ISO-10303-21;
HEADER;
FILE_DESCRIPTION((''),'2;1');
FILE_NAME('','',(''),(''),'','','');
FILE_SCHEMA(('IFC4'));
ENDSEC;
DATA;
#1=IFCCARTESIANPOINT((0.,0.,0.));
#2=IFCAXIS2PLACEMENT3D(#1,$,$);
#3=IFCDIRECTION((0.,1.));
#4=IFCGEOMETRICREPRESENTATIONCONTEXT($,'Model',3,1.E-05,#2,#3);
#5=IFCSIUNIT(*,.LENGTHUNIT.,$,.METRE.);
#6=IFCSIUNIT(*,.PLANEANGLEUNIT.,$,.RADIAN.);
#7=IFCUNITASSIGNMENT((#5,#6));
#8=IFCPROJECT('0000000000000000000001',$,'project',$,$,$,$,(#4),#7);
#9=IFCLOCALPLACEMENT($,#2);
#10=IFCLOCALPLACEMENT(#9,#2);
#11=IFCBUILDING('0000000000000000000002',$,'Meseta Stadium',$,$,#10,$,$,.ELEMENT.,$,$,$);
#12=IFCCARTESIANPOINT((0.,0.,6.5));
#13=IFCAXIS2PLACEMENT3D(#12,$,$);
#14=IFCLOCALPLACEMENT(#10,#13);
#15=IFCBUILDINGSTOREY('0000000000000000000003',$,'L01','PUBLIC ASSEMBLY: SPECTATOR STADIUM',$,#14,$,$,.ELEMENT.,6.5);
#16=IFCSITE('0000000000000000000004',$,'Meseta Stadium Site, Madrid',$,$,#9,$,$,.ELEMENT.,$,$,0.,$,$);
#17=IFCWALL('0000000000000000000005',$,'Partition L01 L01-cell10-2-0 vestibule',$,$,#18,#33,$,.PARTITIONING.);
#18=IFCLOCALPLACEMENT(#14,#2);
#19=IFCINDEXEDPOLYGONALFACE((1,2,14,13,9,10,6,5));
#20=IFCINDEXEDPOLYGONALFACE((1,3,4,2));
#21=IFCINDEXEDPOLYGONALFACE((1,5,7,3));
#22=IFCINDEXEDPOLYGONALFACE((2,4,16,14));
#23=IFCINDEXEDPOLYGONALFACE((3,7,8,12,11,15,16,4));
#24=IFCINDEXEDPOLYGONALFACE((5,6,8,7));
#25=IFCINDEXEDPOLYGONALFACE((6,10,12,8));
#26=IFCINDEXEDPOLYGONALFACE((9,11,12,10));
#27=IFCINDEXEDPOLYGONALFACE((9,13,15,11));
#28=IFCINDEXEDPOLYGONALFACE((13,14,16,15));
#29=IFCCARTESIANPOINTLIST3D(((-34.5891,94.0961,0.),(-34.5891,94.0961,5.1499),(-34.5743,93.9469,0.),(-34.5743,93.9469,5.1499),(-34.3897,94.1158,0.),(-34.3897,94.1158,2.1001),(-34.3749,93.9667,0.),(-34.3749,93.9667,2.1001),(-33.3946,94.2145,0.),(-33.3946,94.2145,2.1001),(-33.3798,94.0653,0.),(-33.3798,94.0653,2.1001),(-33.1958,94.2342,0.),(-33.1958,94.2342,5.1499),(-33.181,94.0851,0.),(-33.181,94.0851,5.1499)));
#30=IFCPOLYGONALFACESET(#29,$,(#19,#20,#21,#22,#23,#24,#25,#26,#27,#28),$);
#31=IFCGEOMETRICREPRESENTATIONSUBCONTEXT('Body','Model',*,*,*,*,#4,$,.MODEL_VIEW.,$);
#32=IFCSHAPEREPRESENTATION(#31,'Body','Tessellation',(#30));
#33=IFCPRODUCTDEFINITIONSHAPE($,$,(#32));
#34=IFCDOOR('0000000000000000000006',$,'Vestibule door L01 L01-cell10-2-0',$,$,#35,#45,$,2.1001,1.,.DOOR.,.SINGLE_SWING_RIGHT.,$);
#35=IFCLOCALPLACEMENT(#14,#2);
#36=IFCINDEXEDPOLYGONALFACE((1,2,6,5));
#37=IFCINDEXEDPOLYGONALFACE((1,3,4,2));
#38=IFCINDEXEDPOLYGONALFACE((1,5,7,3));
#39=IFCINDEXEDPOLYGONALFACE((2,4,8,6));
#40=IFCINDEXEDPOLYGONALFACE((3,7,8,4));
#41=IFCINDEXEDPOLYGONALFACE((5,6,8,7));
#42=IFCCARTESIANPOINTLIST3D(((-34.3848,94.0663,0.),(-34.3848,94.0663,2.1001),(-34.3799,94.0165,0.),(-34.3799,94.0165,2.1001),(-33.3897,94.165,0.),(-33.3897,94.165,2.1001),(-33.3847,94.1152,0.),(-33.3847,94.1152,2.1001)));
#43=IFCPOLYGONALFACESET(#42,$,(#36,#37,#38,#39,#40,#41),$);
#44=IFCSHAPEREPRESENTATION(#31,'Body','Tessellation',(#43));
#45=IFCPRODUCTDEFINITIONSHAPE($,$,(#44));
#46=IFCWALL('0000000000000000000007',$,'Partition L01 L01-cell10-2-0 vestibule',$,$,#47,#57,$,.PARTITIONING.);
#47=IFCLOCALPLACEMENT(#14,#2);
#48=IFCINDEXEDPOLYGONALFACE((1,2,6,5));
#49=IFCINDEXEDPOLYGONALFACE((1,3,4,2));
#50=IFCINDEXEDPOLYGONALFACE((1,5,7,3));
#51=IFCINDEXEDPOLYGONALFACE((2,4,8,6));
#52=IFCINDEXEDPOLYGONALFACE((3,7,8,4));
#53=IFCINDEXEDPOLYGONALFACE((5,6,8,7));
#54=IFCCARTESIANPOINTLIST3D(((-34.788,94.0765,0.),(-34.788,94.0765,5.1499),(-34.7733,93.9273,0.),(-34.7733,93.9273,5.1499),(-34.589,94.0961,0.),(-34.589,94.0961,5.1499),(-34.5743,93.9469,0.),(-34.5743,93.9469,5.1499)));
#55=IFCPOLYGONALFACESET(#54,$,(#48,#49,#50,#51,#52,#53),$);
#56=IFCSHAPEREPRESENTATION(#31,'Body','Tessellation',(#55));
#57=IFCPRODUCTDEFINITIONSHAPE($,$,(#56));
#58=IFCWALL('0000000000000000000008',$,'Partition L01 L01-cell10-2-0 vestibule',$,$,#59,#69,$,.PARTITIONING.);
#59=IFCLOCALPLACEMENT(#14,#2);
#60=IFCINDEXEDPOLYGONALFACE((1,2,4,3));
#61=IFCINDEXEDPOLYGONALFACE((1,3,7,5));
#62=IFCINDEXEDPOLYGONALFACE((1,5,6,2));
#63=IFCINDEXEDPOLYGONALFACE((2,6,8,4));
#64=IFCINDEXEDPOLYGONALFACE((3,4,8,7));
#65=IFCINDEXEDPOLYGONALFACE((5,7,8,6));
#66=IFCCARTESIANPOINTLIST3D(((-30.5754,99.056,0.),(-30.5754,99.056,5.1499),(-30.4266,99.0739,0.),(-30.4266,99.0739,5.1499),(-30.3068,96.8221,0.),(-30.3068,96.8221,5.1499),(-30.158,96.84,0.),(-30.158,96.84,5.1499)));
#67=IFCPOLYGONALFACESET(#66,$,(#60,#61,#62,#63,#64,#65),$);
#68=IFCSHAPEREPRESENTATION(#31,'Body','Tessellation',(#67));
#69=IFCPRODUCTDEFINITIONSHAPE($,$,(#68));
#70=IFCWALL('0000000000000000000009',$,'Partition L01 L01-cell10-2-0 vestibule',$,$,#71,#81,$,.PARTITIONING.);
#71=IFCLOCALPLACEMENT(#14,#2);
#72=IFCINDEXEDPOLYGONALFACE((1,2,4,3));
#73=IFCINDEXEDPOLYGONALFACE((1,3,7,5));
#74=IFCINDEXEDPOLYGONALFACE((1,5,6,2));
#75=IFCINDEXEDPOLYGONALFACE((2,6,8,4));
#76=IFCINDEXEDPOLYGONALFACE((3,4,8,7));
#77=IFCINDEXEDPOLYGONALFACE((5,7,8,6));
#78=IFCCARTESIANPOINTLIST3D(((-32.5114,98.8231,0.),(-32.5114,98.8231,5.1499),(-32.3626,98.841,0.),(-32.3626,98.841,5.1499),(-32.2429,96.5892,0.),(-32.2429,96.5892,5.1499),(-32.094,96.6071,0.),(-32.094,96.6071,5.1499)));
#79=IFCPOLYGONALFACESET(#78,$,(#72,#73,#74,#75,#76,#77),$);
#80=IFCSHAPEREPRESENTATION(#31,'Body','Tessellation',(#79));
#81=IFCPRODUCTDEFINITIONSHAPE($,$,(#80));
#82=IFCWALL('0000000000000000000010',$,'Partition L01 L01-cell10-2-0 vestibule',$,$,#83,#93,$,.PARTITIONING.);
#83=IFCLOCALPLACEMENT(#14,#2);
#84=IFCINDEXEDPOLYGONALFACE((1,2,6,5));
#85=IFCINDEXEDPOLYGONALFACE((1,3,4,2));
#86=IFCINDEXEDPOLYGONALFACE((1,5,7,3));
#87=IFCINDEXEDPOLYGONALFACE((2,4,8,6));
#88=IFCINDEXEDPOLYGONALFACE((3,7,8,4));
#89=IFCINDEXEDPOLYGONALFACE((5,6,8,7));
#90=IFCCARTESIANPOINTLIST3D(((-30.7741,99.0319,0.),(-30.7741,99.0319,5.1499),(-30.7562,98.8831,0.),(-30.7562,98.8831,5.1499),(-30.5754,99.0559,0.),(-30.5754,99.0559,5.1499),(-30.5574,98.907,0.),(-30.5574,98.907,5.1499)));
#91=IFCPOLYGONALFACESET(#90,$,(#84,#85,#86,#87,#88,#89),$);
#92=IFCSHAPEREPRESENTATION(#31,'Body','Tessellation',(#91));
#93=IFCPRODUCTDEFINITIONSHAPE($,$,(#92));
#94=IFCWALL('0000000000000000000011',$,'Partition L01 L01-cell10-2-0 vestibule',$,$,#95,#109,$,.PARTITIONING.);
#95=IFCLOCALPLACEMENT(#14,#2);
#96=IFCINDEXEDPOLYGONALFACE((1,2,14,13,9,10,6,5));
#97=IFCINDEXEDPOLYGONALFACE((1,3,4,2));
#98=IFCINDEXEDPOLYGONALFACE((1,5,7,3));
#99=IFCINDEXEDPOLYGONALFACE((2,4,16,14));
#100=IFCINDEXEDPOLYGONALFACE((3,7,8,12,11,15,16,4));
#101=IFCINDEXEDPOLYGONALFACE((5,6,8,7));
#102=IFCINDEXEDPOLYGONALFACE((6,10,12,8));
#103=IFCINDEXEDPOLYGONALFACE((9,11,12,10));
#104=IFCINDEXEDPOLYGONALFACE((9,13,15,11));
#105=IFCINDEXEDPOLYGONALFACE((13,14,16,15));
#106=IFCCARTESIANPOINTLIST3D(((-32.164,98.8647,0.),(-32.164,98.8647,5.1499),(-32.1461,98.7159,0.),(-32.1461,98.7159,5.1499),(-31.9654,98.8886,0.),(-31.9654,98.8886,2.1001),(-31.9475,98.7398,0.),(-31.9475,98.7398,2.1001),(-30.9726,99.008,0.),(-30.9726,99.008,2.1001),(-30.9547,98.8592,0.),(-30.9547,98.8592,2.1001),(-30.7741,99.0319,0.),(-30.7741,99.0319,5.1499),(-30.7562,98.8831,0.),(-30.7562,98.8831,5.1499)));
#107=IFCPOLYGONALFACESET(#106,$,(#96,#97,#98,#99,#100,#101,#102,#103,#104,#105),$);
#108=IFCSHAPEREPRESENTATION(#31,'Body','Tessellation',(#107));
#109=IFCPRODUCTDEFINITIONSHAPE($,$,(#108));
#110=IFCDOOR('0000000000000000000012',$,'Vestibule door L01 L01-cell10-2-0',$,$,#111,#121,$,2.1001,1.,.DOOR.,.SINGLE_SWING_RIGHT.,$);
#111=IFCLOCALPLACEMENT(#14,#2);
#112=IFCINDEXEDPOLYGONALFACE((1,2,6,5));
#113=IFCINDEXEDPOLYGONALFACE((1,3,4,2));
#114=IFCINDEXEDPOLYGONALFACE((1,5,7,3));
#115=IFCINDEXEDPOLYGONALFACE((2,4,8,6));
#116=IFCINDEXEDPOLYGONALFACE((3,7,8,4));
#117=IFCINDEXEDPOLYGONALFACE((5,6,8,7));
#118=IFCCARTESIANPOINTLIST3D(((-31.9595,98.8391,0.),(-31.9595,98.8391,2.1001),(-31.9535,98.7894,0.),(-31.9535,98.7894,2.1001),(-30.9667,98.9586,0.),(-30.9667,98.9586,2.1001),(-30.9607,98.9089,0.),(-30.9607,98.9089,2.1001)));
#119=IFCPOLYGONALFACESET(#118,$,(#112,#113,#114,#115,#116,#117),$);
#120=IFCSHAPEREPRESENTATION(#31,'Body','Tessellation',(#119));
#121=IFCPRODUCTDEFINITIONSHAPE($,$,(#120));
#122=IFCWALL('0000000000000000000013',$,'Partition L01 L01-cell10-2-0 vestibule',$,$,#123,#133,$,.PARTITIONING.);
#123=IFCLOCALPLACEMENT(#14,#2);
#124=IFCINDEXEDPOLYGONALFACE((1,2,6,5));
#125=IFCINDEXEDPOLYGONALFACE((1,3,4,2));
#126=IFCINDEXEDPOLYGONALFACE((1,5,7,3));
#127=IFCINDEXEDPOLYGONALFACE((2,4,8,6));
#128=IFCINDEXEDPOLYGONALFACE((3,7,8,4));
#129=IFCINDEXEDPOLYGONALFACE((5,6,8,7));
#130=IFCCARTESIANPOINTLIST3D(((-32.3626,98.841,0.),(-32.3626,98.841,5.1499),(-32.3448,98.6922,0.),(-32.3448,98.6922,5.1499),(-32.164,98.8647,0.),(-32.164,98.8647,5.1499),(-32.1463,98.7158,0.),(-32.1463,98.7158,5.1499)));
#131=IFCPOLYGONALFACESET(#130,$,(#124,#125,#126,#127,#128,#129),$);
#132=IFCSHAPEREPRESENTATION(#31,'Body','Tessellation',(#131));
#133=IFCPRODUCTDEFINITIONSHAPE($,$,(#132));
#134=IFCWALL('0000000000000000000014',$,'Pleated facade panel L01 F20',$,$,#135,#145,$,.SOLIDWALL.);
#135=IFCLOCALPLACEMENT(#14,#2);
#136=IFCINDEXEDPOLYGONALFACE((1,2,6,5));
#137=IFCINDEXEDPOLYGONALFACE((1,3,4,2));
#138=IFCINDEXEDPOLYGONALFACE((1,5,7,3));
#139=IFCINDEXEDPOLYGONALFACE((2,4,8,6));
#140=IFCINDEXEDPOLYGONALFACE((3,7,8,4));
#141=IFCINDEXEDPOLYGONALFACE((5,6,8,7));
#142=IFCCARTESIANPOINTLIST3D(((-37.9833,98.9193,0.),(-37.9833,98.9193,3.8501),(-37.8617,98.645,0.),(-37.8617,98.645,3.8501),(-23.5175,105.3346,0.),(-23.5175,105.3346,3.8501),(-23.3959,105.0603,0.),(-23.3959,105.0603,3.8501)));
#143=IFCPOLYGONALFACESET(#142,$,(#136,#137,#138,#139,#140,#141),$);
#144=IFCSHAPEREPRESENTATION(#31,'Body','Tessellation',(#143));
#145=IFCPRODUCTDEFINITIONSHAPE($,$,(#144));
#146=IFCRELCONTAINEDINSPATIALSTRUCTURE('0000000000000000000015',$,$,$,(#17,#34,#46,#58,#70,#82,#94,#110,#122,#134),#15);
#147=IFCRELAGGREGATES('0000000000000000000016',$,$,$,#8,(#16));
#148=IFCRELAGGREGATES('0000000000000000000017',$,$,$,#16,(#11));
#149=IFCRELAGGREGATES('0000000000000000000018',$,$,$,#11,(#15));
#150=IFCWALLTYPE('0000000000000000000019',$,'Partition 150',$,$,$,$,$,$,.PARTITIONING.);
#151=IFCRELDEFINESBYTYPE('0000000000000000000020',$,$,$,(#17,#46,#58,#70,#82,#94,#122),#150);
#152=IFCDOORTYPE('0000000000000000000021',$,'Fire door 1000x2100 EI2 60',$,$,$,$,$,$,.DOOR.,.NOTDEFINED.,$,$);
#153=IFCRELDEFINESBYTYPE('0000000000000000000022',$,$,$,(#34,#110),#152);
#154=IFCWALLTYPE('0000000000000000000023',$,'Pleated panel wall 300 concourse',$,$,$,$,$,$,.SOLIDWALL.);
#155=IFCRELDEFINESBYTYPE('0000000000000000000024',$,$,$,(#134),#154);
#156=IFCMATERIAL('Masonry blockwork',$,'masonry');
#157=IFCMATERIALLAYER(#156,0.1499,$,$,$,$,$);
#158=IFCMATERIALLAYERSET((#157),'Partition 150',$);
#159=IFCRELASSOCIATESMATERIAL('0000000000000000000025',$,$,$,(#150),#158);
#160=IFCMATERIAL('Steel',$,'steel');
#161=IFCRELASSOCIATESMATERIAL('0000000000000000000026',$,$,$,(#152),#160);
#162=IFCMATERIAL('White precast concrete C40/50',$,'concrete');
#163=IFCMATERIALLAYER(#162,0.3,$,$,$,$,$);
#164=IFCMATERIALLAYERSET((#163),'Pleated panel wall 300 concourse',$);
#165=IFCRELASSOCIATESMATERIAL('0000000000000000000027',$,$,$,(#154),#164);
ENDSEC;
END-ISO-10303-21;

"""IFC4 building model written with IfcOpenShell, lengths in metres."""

from ifc_helpers import new_model, si_unit, direction, frame, frame_2d, origin, place, context, subcontext, project, spatial, rectangle, extrude, material, layer, layer_set, type_object, element, fill, save


model = new_model("IFC4")

# Units and contexts
model_context = context("Model", 3, precision=1e-05, world=origin(), true_north=direction((0.0, 1.0)))
body_context = subcontext(model_context, "Body", "Model", "MODEL_VIEW")
ifc_project = project(units=[si_unit("LENGTHUNIT", "METRE"), si_unit("PLANEANGLEUNIT", "RADIAN")], contexts=[model_context])

# Site, building, storey
site_placement = place(None, origin())
site = spatial("IfcSite", under=ifc_project, at=site_placement, Name="Meseta Stadium Site, Madrid", CompositionType="ELEMENT", RefElevation=0.0)
building_placement = place(site_placement, origin())
building = spatial("IfcBuilding", under=site, at=building_placement, Name="Meseta Stadium", CompositionType="ELEMENT")
storey_placement = place(building_placement, frame((0.0, 0.0, 6.5)))
storey = spatial("IfcBuildingStorey", under=building, at=storey_placement, Name="L01", Description="PUBLIC ASSEMBLY: SPECTATOR STADIUM", CompositionType="ELEMENT", Elevation=6.5)

# Shared definitions
ifc_material_1 = material(Name="Masonry blockwork", Category="masonry")
ifc_layer_1 = layer(ifc_material_1, 0.1499)
ifc_layer_set_1 = layer_set([ifc_layer_1], Name="Partition 150")
wall_type_1 = type_object("IfcWallType", Name="Partition 150", PredefinedType="PARTITIONING", material=ifc_layer_set_1)
ifc_material_2 = material(Name="Steel", Category="steel")
door_type = type_object("IfcDoorType", Name="Fire door 1000x2100 EI2 60", OperationType="NOTDEFINED", PredefinedType="DOOR", material=ifc_material_2)

# Wall, opening, door
wall_1_placement = place(storey_placement, frame((-33.1882, 94.1597, 0.0), z_axis=(0.0, 0.0, 1.0), x_axis=(-0.995118, -0.098692, 0.0)))
wall_1 = element("IfcWall", 1, at=wall_1_placement, inside=storey, type_object=wall_type_1, Name="Partition L01 L01-cell10-2-0 vestibule", PredefinedType="PARTITIONING", context=body_context, shape_type="SweptSolid", body=[
    extrude(rectangle(XDim=1.4001, YDim=0.1499, at=frame_2d((0.7002, 0.0))), origin(), (0.0, 0.0, 1.0), 5.1499),
])
opening_1_placement = place(wall_1_placement, frame((0.2, 0.0, 0.0)))
opening_1 = element("IfcOpeningElement", 2, at=opening_1_placement, cuts=wall_1, PredefinedType="OPENING", context=body_context, shape_type="SweptSolid", body=[
    extrude(rectangle(XDim=1.0, YDim=2.1001, at=frame_2d((0.5, 1.05))), frame((0.0, 0.085, 0.0), z_axis=(0.0, -1.0, 0.0), x_axis=(1.0, 0.0, 0.0)), (0.0, 0.0, 1.0), 0.1699),
])
door_1_placement = place(opening_1_placement, origin())
door_1 = element("IfcDoor", 3, at=door_1_placement, inside=storey, type_object=door_type, Name="Vestibule door L01 L01-cell10-2-0", OperationType="SINGLE_SWING_RIGHT", OverallHeight=2.1001, OverallWidth=1.0, PredefinedType="DOOR", context=body_context, shape_type="SweptSolid", body=[
    extrude(rectangle(XDim=1.0, YDim=2.1001, at=frame_2d((0.5, 1.05))), frame((0.0, 0.0249, 0.0), z_axis=(0.0, -1.0, 0.0), x_axis=(1.0, 0.0, 0.0)), (0.0, 0.0, 1.0), 0.05),
])
fill(opening_1, door_1)

# Walls
wall_2_placement = place(storey_placement, frame((-34.5815, 94.0215, 0.0), z_axis=(0.0, 0.0, 1.0), x_axis=(-0.995217, -0.09769, 0.0)))
element("IfcWall", 4, at=wall_2_placement, inside=storey, type_object=wall_type_1, Name="Partition L01 L01-cell10-2-0 vestibule", PredefinedType="PARTITIONING", context=body_context, shape_type="SweptSolid", body=[
    extrude(rectangle(XDim=0.2, YDim=0.1499, at=frame_2d((0.1001, 0.0))), origin(), (0.0, 0.0, 1.0), 5.1499),
])
for number, where, z_axis, x_axis, name in (
    (5, (-30.2324, 96.8311, 0.0), (0.0, 0.0, 1.0), (-0.119359, 0.992851, 0.0), "Partition L01 L01-cell10-2-0 vestibule"),
    (6, (-32.1685, 96.5981, 0.0), (0.0, 0.0, 1.0), (-0.119359, 0.992851, 0.0), "Partition L01 L01-cell10-2-0 vestibule"),
):
    element("IfcWall", number, at=place(storey_placement, frame(where, z_axis=z_axis, x_axis=x_axis)), inside=storey, type_object=wall_type_1, Name=name, PredefinedType="PARTITIONING", context=body_context, shape_type="SweptSolid", body=[
        extrude(rectangle(XDim=2.25, YDim=0.1499, at=frame_2d((1.125, 0.0))), origin(), (0.0, 0.0, 1.0), 5.1499),
    ])
wall_3_placement = place(storey_placement, frame((-30.5664, 98.9814, 0.0), z_axis=(0.0, 0.0, 1.0), x_axis=(-0.992831, -0.11953, 0.0)))
element("IfcWall", 7, at=wall_3_placement, inside=storey, type_object=wall_type_1, Name="Partition L01 L01-cell10-2-0 vestibule", PredefinedType="PARTITIONING", context=body_context, shape_type="SweptSolid", body=[
    extrude(rectangle(XDim=0.2002, YDim=0.1499, at=frame_2d((0.1001, 0.0))), origin(), (0.0, 0.0, 1.0), 5.1499),
])

# Wall, opening, door
wall_4_placement = place(storey_placement, frame((-30.7651, 98.9575, 0.0), z_axis=(0.0, 0.0, 1.0), x_axis=(-0.992839, -0.119462, 0.0)))
wall_4 = element("IfcWall", 8, at=wall_4_placement, inside=storey, type_object=wall_type_1, Name="Partition L01 L01-cell10-2-0 vestibule", PredefinedType="PARTITIONING", context=body_context, shape_type="SweptSolid", body=[
    extrude(rectangle(XDim=1.3999, YDim=0.1499, at=frame_2d((0.7, 0.0))), origin(), (0.0, 0.0, 1.0), 5.1499),
])
opening_2_placement = place(wall_4_placement, frame((0.2, 0.0, 0.0)))
opening_2 = element("IfcOpeningElement", 9, at=opening_2_placement, cuts=wall_4, PredefinedType="OPENING", context=body_context, shape_type="SweptSolid", body=[
    extrude(rectangle(XDim=1.0, YDim=2.1001, at=frame_2d((0.5, 1.05))), frame((0.0, 0.085, 0.0), z_axis=(0.0, -1.0, 0.0), x_axis=(1.0, 0.0, 0.0)), (0.0, 0.0, 1.0), 0.1699),
])
door_2_placement = place(opening_2_placement, origin())
door_2 = element("IfcDoor", 10, at=door_2_placement, inside=storey, type_object=door_type, Name="Vestibule door L01 L01-cell10-2-0", OperationType="SINGLE_SWING_RIGHT", OverallHeight=2.1001, OverallWidth=1.0, PredefinedType="DOOR", context=body_context, shape_type="SweptSolid", body=[
    extrude(rectangle(XDim=1.0, YDim=2.1001, at=frame_2d((0.5, 1.05))), frame((0.0, 0.0249, 0.0), z_axis=(0.0, -1.0, 0.0), x_axis=(1.0, 0.0, 0.0)), (0.0, 0.0, 1.0), 0.05),
])
fill(opening_2, door_2)

# Walls
wall_5_placement = place(storey_placement, frame((-32.155, 98.7903, 0.0), z_axis=(0.0, 0.0, 1.0), x_axis=(-0.992958, -0.118471, 0.0)))
element("IfcWall", 11, at=wall_5_placement, inside=storey, type_object=wall_type_1, Name="Partition L01 L01-cell10-2-0 vestibule", PredefinedType="PARTITIONING", context=body_context, shape_type="SweptSolid", body=[
    extrude(rectangle(XDim=0.2, YDim=0.1499, at=frame_2d((0.1001, 0.0))), origin(), (0.0, 0.0, 1.0), 5.1499),
])
ifc_material_3 = material(Name="White precast concrete C40/50", Category="concrete")
ifc_layer_2 = layer(ifc_material_3, 0.3)
ifc_layer_set_2 = layer_set([ifc_layer_2], Name="Pleated panel wall 300 concourse")
wall_type_2 = type_object("IfcWallType", Name="Pleated panel wall 300 concourse", PredefinedType="SOLIDWALL", material=ifc_layer_set_2)
wall_6_placement = place(storey_placement, frame((-37.9224, 98.7822, 0.0), z_axis=(0.0, 0.0, 1.0), x_axis=(0.914139, 0.405401, 0.0)))
element("IfcWall", 12, at=wall_6_placement, inside=storey, type_object=wall_type_2, Name="Pleated facade panel L01 F20", PredefinedType="SOLIDWALL", context=body_context, shape_type="SweptSolid", body=[
    extrude(rectangle(XDim=15.8245, YDim=0.3, at=frame_2d((7.9121, 0.0))), origin(), (0.0, 0.0, 1.0), 3.8501),
])

save(model, "model.ifc")
